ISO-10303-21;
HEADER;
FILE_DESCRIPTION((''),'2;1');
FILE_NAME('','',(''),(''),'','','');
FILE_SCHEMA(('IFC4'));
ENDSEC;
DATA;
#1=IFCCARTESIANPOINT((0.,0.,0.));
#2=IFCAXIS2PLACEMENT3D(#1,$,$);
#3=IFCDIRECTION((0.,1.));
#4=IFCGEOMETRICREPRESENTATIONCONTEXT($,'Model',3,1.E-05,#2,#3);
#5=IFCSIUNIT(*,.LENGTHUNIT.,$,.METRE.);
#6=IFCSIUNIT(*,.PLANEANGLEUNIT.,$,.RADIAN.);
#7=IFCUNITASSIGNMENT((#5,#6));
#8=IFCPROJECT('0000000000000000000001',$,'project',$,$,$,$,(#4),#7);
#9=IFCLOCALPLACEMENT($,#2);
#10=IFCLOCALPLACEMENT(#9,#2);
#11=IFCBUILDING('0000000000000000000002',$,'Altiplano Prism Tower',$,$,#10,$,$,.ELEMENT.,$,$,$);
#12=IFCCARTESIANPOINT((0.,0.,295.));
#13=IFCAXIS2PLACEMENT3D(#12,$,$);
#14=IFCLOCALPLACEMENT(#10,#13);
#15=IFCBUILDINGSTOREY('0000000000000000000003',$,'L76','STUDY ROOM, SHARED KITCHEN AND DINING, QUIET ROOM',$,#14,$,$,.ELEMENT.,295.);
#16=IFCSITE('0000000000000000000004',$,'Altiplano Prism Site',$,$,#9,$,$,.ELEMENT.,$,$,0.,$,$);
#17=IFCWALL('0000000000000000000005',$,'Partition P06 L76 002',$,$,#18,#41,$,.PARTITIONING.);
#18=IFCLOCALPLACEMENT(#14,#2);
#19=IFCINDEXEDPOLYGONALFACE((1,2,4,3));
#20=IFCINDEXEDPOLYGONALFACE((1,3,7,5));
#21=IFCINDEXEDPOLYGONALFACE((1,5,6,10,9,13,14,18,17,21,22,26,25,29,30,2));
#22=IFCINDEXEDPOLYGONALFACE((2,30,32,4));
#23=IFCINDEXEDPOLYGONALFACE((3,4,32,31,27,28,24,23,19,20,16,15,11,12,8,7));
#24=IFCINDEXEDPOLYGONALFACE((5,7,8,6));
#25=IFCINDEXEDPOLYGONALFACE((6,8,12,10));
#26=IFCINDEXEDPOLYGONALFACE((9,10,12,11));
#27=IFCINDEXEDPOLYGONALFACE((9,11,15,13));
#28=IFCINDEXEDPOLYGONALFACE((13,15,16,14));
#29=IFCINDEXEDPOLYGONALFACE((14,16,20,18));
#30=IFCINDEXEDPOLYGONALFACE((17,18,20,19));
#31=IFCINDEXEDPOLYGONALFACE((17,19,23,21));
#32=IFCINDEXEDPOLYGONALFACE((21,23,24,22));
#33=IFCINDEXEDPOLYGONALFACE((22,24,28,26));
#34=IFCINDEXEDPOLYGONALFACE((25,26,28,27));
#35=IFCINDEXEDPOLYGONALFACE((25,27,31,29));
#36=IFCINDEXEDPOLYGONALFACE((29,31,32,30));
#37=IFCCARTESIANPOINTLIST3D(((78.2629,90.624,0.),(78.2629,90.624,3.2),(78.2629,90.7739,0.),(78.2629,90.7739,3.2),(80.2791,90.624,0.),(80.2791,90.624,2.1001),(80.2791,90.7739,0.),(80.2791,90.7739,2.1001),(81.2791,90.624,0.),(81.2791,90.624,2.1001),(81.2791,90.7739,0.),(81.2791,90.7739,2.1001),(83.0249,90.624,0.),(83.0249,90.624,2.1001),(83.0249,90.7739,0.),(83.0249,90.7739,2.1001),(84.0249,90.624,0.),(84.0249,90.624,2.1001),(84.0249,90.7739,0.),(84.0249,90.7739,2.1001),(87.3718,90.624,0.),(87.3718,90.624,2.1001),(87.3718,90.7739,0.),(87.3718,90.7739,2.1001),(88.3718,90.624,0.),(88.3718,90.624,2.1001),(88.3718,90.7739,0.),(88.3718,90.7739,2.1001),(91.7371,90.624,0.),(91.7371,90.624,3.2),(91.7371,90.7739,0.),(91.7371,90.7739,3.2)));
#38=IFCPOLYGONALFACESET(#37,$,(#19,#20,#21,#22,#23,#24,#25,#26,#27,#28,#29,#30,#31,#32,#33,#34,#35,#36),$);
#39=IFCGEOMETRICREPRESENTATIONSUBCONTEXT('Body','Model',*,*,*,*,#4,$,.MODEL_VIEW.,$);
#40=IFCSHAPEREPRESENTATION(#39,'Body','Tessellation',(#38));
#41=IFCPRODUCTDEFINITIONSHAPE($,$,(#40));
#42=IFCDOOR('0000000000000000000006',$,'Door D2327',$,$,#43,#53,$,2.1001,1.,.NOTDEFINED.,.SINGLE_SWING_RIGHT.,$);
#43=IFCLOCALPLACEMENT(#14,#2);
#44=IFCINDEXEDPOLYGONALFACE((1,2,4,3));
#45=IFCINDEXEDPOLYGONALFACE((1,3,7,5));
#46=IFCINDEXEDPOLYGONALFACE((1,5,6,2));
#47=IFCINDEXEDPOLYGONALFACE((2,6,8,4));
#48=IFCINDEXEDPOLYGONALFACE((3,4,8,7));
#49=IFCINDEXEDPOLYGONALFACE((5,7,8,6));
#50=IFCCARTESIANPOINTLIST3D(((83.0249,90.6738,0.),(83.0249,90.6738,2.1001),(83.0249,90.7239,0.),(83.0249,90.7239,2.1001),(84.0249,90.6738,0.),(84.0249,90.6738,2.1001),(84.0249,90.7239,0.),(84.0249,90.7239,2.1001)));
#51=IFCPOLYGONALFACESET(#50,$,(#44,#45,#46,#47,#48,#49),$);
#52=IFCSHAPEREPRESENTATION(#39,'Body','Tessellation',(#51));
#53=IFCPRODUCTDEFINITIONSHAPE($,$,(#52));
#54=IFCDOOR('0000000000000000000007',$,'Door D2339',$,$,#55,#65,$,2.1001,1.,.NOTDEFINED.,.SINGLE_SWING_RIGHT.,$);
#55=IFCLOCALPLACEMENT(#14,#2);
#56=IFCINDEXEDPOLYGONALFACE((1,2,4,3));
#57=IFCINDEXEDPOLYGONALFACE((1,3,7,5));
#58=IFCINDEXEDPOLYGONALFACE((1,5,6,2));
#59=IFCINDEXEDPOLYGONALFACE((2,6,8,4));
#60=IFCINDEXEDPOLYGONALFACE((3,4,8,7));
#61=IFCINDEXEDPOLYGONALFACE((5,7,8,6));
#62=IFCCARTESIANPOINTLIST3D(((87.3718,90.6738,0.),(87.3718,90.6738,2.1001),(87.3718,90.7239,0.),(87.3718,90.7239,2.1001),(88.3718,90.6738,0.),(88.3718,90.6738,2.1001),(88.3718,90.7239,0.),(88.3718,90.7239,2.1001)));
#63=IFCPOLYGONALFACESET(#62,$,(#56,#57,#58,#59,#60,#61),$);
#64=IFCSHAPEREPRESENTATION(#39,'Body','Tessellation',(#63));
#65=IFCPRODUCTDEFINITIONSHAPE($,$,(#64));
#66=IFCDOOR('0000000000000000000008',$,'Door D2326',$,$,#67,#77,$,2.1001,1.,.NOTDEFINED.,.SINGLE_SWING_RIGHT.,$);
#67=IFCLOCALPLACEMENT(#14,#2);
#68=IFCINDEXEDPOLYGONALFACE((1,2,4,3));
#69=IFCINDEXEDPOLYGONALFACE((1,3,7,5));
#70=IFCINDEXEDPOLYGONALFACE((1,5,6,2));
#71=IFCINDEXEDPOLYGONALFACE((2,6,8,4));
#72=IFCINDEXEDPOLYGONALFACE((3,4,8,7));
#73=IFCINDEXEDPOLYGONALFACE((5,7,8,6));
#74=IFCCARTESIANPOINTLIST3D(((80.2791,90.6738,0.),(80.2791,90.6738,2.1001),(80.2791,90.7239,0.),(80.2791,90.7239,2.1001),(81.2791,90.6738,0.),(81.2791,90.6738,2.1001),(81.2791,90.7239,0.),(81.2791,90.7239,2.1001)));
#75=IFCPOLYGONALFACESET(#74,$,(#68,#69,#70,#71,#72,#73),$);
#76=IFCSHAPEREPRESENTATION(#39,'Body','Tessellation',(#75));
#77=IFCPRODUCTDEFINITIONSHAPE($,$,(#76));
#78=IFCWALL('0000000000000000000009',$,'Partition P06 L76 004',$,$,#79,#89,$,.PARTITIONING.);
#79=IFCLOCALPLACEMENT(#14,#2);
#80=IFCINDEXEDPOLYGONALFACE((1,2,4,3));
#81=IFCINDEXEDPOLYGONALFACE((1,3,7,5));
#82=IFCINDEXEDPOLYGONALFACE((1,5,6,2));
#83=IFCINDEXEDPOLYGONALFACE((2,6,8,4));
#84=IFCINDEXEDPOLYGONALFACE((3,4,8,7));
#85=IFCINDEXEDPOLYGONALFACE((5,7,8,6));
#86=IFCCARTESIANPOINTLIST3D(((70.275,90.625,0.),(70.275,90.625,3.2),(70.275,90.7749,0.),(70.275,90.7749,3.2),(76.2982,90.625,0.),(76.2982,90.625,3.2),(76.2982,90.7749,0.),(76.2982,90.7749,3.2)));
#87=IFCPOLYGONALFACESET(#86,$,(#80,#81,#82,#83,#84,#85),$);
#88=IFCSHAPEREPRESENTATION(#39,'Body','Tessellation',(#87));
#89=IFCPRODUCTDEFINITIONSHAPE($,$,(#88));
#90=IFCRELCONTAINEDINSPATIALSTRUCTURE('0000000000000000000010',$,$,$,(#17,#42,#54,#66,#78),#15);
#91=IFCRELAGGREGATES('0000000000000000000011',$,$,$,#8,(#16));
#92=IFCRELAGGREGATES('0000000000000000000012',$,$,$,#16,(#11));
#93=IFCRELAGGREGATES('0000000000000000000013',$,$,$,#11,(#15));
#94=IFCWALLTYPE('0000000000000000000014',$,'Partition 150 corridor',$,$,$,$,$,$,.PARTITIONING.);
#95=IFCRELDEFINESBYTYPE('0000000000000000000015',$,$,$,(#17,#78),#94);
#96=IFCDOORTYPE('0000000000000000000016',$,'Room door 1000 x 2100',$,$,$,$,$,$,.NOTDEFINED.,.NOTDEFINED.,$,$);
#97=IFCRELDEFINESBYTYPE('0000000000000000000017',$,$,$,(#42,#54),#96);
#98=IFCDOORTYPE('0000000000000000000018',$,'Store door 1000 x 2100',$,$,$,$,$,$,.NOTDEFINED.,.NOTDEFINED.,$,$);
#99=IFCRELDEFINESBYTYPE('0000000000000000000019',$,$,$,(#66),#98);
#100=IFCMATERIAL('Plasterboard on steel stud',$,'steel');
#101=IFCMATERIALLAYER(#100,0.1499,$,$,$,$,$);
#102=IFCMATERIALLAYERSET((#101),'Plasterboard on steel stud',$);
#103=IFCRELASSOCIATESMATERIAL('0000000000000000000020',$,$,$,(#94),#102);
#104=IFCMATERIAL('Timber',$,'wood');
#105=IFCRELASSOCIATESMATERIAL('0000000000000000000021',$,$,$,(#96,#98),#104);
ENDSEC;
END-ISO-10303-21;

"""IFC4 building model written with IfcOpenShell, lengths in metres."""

from ifc_helpers import new_model, si_unit, direction, frame, frame_2d, origin, place, context, subcontext, project, spatial, rectangle, extrude, material, layer, layer_set, type_object, element, fill, save


model = new_model("IFC4")

# Units and contexts
model_context = context("Model", 3, precision=1e-05, world=origin(), true_north=direction((0.0, 1.0)))
body_context = subcontext(model_context, "Body", "Model", "MODEL_VIEW")
ifc_project = project(units=[si_unit("LENGTHUNIT", "METRE"), si_unit("PLANEANGLEUNIT", "RADIAN")], contexts=[model_context])

# Site, building, storey
site_placement = place(None, origin())
site = spatial("IfcSite", under=ifc_project, at=site_placement, Name="Altiplano Prism Site", CompositionType="ELEMENT", RefElevation=0.0)
building_placement = place(site_placement, origin())
building = spatial("IfcBuilding", under=site, at=building_placement, Name="Altiplano Prism Tower", CompositionType="ELEMENT")
storey_placement = place(building_placement, frame((0.0, 0.0, 295.0)))
storey = spatial("IfcBuildingStorey", under=building, at=storey_placement, Name="L76", Description="STUDY ROOM, SHARED KITCHEN AND DINING, QUIET ROOM", CompositionType="ELEMENT", Elevation=295.0)

# Shared definitions
ifc_material_1 = material(Name="Plasterboard on steel stud", Category="steel")

# Wall, openings, doors
ifc_layer_1 = layer(ifc_material_1, 0.1499)
ifc_layer_set_1 = layer_set([ifc_layer_1], Name="Plasterboard on steel stud")
wall_type_1 = type_object("IfcWallType", Name="Partition 150 corridor", PredefinedType="PARTITIONING", material=ifc_layer_set_1)
wall_1_placement = place(storey_placement, frame((78.2629, 90.699, 0.0), z_axis=(0.0, 0.0, 1.0), x_axis=(1.0, 0.0, 0.0)))
wall_1 = element("IfcWall", 1, at=wall_1_placement, inside=storey, type_object=wall_type_1, Name="Partition P06 L76 002", PredefinedType="PARTITIONING", context=body_context, shape_type="SweptSolid", body=[
    extrude(rectangle(XDim=13.4741, YDim=0.1499, at=frame_2d((6.7371, 0.0))), origin(), (0.0, 0.0, 1.0), 3.2),
])
opening_1_placement = place(wall_1_placement, frame((2.0161, 0.0, 0.0)))
opening_1 = element("IfcOpeningElement", 2, at=opening_1_placement, cuts=wall_1, PredefinedType="OPENING", context=body_context, shape_type="SweptSolid", body=[
    extrude(rectangle(XDim=1.0, YDim=2.1001, at=frame_2d((0.5, 1.05))), frame((0.0, 0.0854, 0.0), z_axis=(0.0, -1.0, 0.0), x_axis=(1.0, 0.0, 0.0)), (0.0, 0.0, 1.0), 0.1709),
])
opening_2_placement = place(wall_1_placement, frame((4.762, 0.0, 0.0)))
opening_2 = element("IfcOpeningElement", 3, at=opening_2_placement, cuts=wall_1, PredefinedType="OPENING", context=body_context, shape_type="SweptSolid", body=[
    extrude(rectangle(XDim=1.0, YDim=2.1001, at=frame_2d((0.5, 1.05))), frame((0.0, 0.0854, 0.0), z_axis=(0.0, -1.0, 0.0), x_axis=(1.0, 0.0, 0.0)), (0.0, 0.0, 1.0), 0.1709),
])
opening_3_placement = place(wall_1_placement, frame((9.1089, 0.0, 0.0)))
opening_3 = element("IfcOpeningElement", 4, at=opening_3_placement, cuts=wall_1, PredefinedType="OPENING", context=body_context, shape_type="SweptSolid", body=[
    extrude(rectangle(XDim=1.0, YDim=2.1001, at=frame_2d((0.5, 1.05))), frame((0.0, 0.0854, 0.0), z_axis=(0.0, -1.0, 0.0), x_axis=(1.0, 0.0, 0.0)), (0.0, 0.0, 1.0), 0.1709),
])
ifc_material_2 = material(Name="Timber", Category="wood")
door_type_1 = type_object("IfcDoorType", Name="Room door 1000 x 2100", OperationType="NOTDEFINED", PredefinedType="NOTDEFINED", material=ifc_material_2)
door_1_placement = place(opening_2_placement, origin())
door_1 = element("IfcDoor", 5, at=door_1_placement, inside=storey, type_object=door_type_1, Name="Door D2327", OperationType="SINGLE_SWING_RIGHT", OverallHeight=2.1001, OverallWidth=1.0, PredefinedType="NOTDEFINED", context=body_context, shape_type="SweptSolid", body=[
    extrude(rectangle(XDim=1.0, YDim=2.1001, at=frame_2d((0.5, 1.05))), frame((0.0, 0.0249, 0.0), z_axis=(0.0, -1.0, 0.0), x_axis=(1.0, 0.0, 0.0)), (0.0, 0.0, 1.0), 0.05),
])
fill(opening_2, door_1)
door_2_placement = place(opening_3_placement, origin())
door_2 = element("IfcDoor", 6, at=door_2_placement, inside=storey, type_object=door_type_1, Name="Door D2339", OperationType="SINGLE_SWING_RIGHT", OverallHeight=2.1001, OverallWidth=1.0, PredefinedType="NOTDEFINED", context=body_context, shape_type="SweptSolid", body=[
    extrude(rectangle(XDim=1.0, YDim=2.1001, at=frame_2d((0.5, 1.05))), frame((0.0, 0.0249, 0.0), z_axis=(0.0, -1.0, 0.0), x_axis=(1.0, 0.0, 0.0)), (0.0, 0.0, 1.0), 0.05),
])
fill(opening_3, door_2)
door_type_2 = type_object("IfcDoorType", Name="Store door 1000 x 2100", OperationType="NOTDEFINED", PredefinedType="NOTDEFINED", material=ifc_material_2)
door_3_placement = place(opening_1_placement, origin())
door_3 = element("IfcDoor", 7, at=door_3_placement, inside=storey, type_object=door_type_2, Name="Door D2326", OperationType="SINGLE_SWING_RIGHT", OverallHeight=2.1001, OverallWidth=1.0, PredefinedType="NOTDEFINED", context=body_context, shape_type="SweptSolid", body=[
    extrude(rectangle(XDim=1.0, YDim=2.1001, at=frame_2d((0.5, 1.05))), frame((0.0, 0.0249, 0.0), z_axis=(0.0, -1.0, 0.0), x_axis=(1.0, 0.0, 0.0)), (0.0, 0.0, 1.0), 0.05),
])
fill(opening_1, door_3)

# Wall
wall_2_placement = place(storey_placement, frame((70.2749, 90.7, 0.0), z_axis=(0.0, 0.0, 1.0), x_axis=(1.0, 0.0, 0.0)))
element("IfcWall", 8, at=wall_2_placement, inside=storey, type_object=wall_type_1, Name="Partition P06 L76 004", PredefinedType="PARTITIONING", context=body_context, shape_type="SweptSolid", body=[
    extrude(rectangle(XDim=6.0232, YDim=0.1499, at=frame_2d((3.0117, 0.0))), origin(), (0.0, 0.0, 1.0), 3.2),
])

save(model, "model.ifc")
